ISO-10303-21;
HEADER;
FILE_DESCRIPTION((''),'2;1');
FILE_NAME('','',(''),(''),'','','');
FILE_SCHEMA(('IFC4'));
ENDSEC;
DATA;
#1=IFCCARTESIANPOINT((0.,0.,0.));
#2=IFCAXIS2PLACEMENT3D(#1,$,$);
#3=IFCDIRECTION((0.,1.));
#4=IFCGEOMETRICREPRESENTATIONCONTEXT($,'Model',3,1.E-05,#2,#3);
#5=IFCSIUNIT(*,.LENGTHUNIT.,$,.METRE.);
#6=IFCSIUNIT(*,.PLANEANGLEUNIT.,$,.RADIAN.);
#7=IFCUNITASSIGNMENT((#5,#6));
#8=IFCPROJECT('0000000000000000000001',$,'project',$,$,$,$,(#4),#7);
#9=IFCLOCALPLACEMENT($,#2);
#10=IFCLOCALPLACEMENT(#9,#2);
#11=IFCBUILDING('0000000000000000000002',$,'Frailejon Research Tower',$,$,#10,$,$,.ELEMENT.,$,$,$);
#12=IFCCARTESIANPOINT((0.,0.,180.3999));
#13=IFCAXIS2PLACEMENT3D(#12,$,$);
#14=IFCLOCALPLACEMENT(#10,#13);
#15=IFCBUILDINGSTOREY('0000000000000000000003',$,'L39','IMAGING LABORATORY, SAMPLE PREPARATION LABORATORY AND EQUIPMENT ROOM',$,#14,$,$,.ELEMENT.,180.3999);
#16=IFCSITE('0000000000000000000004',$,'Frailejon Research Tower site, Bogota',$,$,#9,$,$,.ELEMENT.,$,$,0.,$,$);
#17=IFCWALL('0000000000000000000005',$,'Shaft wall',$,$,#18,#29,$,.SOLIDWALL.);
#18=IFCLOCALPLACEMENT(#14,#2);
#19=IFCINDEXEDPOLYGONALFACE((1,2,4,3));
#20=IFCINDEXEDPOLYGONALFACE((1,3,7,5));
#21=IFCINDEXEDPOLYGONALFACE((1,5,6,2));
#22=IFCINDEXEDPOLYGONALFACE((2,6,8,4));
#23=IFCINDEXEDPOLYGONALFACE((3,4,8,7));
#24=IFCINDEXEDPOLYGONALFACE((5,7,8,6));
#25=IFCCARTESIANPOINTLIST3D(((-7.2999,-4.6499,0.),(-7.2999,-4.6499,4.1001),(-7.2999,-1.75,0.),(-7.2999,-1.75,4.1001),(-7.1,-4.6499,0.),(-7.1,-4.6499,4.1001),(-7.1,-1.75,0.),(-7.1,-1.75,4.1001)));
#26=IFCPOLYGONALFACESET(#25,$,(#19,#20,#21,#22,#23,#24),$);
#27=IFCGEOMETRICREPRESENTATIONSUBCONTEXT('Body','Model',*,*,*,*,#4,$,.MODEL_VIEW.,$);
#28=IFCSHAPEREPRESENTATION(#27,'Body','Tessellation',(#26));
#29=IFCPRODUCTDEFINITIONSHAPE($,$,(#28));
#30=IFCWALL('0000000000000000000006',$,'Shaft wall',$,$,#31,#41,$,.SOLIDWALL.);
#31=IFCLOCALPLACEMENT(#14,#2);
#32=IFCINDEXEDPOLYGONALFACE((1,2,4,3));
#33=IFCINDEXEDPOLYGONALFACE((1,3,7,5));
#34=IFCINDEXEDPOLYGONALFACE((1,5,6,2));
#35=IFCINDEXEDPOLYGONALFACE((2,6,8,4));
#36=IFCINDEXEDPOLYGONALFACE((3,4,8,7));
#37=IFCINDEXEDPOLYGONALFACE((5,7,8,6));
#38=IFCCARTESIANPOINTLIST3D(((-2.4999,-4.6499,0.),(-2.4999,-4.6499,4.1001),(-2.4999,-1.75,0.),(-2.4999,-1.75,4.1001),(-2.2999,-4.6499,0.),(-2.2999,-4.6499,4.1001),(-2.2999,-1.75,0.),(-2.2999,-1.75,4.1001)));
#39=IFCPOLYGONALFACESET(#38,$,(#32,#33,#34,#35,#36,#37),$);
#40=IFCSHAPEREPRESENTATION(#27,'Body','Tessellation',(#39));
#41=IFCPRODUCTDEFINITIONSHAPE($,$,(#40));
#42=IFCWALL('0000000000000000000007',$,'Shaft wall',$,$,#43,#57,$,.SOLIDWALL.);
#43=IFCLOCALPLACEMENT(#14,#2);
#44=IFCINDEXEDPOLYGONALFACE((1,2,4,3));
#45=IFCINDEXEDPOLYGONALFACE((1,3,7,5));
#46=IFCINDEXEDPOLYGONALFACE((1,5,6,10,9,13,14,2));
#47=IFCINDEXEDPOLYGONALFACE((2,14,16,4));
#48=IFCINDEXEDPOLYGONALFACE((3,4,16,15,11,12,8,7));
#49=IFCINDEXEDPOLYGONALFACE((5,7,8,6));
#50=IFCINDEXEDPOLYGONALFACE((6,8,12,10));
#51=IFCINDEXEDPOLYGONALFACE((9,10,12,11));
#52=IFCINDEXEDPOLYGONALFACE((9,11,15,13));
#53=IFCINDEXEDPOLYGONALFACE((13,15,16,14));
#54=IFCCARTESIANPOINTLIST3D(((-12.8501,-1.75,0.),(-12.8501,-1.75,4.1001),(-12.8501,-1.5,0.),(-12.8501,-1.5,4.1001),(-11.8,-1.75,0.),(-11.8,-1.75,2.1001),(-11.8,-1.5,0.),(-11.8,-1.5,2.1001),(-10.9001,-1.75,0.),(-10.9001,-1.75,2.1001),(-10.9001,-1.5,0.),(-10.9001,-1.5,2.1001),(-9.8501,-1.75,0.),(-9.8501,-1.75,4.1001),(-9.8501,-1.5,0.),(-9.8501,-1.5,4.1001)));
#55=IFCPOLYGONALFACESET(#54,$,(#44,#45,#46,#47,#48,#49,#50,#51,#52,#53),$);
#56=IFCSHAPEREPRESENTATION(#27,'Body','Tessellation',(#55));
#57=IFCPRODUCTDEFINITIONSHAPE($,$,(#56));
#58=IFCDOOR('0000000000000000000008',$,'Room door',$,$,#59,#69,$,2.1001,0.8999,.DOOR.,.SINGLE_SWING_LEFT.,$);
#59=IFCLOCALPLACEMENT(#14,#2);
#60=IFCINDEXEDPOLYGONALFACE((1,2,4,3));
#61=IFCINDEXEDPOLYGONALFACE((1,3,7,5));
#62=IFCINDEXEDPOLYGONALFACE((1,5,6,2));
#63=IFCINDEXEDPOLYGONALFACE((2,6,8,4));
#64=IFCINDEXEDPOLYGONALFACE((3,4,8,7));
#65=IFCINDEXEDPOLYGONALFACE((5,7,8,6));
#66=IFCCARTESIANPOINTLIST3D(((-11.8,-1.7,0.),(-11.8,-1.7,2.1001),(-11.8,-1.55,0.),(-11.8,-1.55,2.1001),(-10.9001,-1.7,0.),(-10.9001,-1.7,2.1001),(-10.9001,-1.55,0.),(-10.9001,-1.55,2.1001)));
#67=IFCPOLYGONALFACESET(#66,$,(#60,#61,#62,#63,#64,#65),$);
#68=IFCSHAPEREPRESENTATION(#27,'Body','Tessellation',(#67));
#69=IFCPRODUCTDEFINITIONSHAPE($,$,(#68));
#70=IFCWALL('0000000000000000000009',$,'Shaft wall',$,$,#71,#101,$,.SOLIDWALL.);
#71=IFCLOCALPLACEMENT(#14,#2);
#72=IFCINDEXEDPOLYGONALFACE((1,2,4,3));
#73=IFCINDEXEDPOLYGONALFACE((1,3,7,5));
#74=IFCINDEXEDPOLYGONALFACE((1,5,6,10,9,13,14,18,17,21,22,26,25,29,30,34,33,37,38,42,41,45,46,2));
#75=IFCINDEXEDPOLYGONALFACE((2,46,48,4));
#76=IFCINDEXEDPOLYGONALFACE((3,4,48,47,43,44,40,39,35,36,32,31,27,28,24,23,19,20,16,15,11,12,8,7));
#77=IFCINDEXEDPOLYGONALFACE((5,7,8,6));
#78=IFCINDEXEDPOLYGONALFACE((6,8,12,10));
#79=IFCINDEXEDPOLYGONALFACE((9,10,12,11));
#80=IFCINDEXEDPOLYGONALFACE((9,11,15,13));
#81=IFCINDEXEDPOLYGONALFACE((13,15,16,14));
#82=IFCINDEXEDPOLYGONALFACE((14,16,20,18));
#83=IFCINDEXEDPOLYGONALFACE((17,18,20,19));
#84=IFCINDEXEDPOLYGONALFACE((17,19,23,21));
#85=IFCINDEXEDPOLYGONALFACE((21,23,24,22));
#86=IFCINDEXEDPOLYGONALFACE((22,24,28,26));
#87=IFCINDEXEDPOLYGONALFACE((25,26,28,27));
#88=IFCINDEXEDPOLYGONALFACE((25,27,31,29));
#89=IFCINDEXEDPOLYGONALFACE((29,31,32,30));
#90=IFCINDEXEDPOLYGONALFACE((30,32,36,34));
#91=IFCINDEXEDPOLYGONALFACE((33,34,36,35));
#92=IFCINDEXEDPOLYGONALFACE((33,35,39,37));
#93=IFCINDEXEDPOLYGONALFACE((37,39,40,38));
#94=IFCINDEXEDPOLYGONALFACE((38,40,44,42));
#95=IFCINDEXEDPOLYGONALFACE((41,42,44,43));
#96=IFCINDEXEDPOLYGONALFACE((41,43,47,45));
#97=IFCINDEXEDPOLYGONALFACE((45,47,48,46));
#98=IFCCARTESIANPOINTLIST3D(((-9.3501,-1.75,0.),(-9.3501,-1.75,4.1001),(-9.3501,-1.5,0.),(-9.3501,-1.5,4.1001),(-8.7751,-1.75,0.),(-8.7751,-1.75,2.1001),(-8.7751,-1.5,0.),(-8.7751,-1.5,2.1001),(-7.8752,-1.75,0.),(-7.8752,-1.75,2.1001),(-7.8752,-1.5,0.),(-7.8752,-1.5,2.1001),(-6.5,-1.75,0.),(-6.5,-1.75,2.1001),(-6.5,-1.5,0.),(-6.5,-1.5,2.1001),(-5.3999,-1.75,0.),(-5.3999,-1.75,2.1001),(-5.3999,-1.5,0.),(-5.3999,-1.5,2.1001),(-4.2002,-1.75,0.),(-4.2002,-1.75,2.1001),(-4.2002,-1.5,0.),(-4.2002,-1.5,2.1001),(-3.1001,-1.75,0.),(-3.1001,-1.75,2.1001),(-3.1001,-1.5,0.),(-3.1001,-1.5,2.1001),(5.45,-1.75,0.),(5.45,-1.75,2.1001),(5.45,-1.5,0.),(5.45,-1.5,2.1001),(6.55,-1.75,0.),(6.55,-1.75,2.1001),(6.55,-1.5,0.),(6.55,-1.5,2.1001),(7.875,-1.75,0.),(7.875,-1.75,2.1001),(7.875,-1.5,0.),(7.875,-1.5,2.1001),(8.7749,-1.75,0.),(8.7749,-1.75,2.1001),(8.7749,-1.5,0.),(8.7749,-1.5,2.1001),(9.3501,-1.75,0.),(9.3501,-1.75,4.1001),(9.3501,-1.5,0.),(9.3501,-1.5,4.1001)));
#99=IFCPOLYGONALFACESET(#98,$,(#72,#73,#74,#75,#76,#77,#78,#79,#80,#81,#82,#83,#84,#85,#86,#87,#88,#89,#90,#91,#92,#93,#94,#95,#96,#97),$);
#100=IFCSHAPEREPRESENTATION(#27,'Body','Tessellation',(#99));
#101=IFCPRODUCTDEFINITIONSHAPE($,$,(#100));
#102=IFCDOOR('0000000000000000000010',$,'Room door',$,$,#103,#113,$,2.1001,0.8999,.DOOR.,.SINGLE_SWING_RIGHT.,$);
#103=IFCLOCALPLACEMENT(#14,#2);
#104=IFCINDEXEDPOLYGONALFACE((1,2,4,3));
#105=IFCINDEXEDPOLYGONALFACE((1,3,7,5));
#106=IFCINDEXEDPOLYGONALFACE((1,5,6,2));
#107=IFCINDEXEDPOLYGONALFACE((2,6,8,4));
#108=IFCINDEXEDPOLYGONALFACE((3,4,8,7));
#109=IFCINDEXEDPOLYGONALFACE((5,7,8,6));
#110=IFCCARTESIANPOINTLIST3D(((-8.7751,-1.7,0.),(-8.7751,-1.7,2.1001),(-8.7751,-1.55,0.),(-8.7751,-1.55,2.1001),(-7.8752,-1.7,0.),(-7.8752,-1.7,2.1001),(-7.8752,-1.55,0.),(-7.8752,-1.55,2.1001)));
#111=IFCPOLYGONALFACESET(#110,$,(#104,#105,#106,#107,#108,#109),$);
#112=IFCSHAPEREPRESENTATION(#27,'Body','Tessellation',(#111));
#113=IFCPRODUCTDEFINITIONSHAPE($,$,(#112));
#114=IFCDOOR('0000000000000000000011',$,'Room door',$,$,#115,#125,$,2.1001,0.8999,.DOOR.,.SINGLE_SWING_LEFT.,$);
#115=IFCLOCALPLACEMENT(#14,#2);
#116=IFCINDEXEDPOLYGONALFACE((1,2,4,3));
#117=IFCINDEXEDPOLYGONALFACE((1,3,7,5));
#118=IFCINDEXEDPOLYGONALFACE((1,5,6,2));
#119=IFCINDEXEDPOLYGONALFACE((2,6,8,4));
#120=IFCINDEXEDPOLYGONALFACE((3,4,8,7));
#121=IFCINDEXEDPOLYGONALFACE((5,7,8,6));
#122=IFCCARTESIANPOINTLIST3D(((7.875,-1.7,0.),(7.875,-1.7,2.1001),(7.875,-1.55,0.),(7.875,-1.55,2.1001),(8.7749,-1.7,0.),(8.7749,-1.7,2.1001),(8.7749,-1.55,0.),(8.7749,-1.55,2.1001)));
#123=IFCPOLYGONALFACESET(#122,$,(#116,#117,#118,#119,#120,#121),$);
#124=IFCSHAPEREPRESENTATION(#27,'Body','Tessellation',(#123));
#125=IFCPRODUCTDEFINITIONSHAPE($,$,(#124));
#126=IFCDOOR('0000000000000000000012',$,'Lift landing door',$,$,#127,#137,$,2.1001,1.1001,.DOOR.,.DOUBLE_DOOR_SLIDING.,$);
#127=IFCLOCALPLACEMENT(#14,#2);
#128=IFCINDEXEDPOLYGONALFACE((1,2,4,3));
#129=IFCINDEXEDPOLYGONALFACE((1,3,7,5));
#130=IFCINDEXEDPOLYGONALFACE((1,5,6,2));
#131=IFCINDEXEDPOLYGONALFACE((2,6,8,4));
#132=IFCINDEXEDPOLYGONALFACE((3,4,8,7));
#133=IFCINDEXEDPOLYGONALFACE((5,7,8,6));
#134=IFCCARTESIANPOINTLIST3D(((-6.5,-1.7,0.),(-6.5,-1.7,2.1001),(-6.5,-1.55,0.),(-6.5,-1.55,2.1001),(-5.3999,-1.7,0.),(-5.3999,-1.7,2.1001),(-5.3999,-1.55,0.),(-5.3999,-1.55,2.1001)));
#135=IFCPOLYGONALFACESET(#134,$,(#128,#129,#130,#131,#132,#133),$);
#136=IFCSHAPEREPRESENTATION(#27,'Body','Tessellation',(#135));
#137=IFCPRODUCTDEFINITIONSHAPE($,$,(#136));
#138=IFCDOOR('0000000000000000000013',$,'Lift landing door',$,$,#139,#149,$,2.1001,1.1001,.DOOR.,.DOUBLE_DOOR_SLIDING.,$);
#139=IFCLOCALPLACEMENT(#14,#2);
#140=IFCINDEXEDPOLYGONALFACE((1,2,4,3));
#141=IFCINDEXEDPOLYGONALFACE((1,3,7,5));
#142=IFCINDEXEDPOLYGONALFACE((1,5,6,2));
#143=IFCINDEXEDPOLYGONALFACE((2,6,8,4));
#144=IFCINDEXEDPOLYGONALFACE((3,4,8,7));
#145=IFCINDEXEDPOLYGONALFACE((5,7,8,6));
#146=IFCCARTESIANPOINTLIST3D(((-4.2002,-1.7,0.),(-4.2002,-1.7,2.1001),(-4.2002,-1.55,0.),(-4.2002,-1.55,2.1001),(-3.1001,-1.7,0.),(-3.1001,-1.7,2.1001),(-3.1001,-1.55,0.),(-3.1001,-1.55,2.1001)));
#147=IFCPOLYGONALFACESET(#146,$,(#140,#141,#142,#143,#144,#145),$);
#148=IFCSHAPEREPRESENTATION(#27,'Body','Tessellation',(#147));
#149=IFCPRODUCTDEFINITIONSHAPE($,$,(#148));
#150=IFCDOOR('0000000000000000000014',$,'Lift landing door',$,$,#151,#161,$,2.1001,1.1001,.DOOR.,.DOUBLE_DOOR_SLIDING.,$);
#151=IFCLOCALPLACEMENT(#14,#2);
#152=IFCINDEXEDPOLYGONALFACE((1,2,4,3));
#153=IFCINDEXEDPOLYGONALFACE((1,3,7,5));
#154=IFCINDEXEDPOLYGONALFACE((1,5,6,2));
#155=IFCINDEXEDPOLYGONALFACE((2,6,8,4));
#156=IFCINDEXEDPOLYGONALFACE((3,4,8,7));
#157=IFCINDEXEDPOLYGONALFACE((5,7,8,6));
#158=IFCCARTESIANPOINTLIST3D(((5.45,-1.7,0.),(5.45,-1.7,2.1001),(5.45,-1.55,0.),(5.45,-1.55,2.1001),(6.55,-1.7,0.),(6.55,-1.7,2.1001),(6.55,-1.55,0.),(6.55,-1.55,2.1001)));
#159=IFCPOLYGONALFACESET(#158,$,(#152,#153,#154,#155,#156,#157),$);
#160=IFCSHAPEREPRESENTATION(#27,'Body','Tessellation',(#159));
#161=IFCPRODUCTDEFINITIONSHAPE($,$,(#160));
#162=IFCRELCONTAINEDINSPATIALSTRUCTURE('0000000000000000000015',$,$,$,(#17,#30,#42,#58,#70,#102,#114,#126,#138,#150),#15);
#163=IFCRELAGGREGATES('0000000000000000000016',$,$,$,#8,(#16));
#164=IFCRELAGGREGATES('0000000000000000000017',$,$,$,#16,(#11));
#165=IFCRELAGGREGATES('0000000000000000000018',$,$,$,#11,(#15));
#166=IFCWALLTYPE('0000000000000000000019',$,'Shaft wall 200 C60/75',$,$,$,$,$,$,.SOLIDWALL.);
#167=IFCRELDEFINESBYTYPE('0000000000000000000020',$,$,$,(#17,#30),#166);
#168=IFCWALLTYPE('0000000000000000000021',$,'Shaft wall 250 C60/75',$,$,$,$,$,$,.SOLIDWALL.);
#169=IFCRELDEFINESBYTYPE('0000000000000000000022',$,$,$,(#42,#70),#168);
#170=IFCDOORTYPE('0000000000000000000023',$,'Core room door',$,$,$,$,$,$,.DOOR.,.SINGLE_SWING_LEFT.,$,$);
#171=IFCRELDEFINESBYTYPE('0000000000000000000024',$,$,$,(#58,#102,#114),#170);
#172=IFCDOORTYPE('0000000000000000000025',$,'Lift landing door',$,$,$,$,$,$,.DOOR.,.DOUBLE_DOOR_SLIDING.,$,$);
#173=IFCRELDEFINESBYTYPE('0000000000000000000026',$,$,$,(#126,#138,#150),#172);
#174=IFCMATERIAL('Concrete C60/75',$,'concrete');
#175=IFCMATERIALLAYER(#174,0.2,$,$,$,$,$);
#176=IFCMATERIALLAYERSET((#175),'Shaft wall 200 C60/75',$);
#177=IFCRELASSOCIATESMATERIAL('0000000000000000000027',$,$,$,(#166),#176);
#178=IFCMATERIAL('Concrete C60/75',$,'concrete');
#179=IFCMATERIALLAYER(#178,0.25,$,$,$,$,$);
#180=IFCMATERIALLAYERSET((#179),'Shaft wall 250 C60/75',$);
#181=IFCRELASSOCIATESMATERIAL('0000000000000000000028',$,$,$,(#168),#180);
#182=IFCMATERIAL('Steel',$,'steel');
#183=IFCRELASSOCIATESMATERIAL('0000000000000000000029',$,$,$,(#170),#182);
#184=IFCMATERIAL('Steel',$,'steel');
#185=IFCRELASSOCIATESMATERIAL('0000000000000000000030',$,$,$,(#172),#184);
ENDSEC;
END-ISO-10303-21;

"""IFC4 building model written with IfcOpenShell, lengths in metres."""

from ifc_helpers import new_model, si_unit, direction, frame, frame_2d, origin, place, context, subcontext, project, spatial, rectangle, extrude, material, layer, layer_set, type_object, element, fill, save


model = new_model("IFC4")

# Units and contexts
model_context = context("Model", 3, precision=1e-05, world=origin(), true_north=direction((0.0, 1.0)))
body_context = subcontext(model_context, "Body", "Model", "MODEL_VIEW")
ifc_project = project(units=[si_unit("LENGTHUNIT", "METRE"), si_unit("PLANEANGLEUNIT", "RADIAN")], contexts=[model_context])

# Site, building, storey
site_placement = place(None, origin())
site = spatial("IfcSite", under=ifc_project, at=site_placement, Name="Frailejon Research Tower site, Bogota", CompositionType="ELEMENT", RefElevation=0.0)
building_placement = place(site_placement, origin())
building = spatial("IfcBuilding", under=site, at=building_placement, Name="Frailejon Research Tower", CompositionType="ELEMENT")
storey_placement = place(building_placement, frame((0.0, 0.0, 180.3999)))
storey = spatial("IfcBuildingStorey", under=building, at=storey_placement, Name="L39", Description="IMAGING LABORATORY, SAMPLE PREPARATION LABORATORY AND EQUIPMENT ROOM", CompositionType="ELEMENT", Elevation=180.3999)

# Walls
ifc_material_1 = material(Name="Concrete C60/75", Category="concrete")
ifc_layer_1 = layer(ifc_material_1, 0.2)
ifc_layer_set_1 = layer_set([ifc_layer_1], Name="Shaft wall 200 C60/75")
wall_type_1 = type_object("IfcWallType", Name="Shaft wall 200 C60/75", PredefinedType="SOLIDWALL", material=ifc_layer_set_1)
for number, where, z_axis, x_axis, name in (
    (1, (-7.2, -4.6499, 0.0), (0.0, 0.0, 1.0), (0.0, 1.0, 0.0), "Shaft wall"),
    (2, (-2.3999, -4.6499, 0.0), (0.0, 0.0, 1.0), (0.0, 1.0, 0.0), "Shaft wall"),
):
    element("IfcWall", number, at=place(storey_placement, frame(where, z_axis=z_axis, x_axis=x_axis)), inside=storey, type_object=wall_type_1, Name=name, PredefinedType="SOLIDWALL", context=body_context, shape_type="SweptSolid", body=[
        extrude(rectangle(XDim=2.8999, YDim=0.2, at=frame_2d((1.45, 0.0))), origin(), (0.0, 0.0, 1.0), 4.1001),
    ])

# Wall, opening, door
ifc_material_2 = material(Name="Concrete C60/75", Category="concrete")
ifc_layer_2 = layer(ifc_material_2, 0.25)
ifc_layer_set_2 = layer_set([ifc_layer_2], Name="Shaft wall 250 C60/75")
wall_type_2 = type_object("IfcWallType", Name="Shaft wall 250 C60/75", PredefinedType="SOLIDWALL", material=ifc_layer_set_2)
wall_1_placement = place(storey_placement, frame((-12.8501, -1.625, 0.0), z_axis=(0.0, 0.0, 1.0), x_axis=(1.0, 0.0, 0.0)))
wall_1 = element("IfcWall", 3, at=wall_1_placement, inside=storey, type_object=wall_type_2, Name="Shaft wall", PredefinedType="SOLIDWALL", context=body_context, shape_type="SweptSolid", body=[
    extrude(rectangle(XDim=3.0, YDim=0.25, at=frame_2d((1.5, 0.0))), origin(), (0.0, 0.0, 1.0), 4.1001),
])
opening_1_placement = place(wall_1_placement, frame((1.05, 0.0, 0.0)))
opening_1 = element("IfcOpeningElement", 4, at=opening_1_placement, cuts=wall_1, PredefinedType="OPENING", context=body_context, shape_type="SweptSolid", body=[
    extrude(rectangle(XDim=0.8999, YDim=2.1001, at=frame_2d((0.45, 1.05))), frame((0.0, 0.135, 0.0), z_axis=(0.0, -1.0, 0.0), x_axis=(1.0, 0.0, 0.0)), (0.0, 0.0, 1.0), 0.27),
])
ifc_material_3 = material(Name="Steel", Category="steel")
door_type_1 = type_object("IfcDoorType", Name="Core room door", OperationType="SINGLE_SWING_LEFT", PredefinedType="DOOR", material=ifc_material_3)
door_1_placement = place(opening_1_placement, origin())
door_1 = element("IfcDoor", 5, at=door_1_placement, inside=storey, type_object=door_type_1, Name="Room door", OperationType="SINGLE_SWING_LEFT", OverallHeight=2.1001, OverallWidth=0.8999, PredefinedType="DOOR", context=body_context, shape_type="SweptSolid", body=[
    extrude(rectangle(XDim=0.8999, YDim=2.1001, at=frame_2d((0.45, 1.05))), frame((0.0, 0.075, 0.0), z_axis=(0.0, -1.0, 0.0), x_axis=(1.0, 0.0, 0.0)), (0.0, 0.0, 1.0), 0.1499),
])
fill(opening_1, door_1)

# Wall, openings, doors
wall_2_placement = place(storey_placement, frame((-9.3501, -1.625, 0.0), z_axis=(0.0, 0.0, 1.0), x_axis=(1.0, 0.0, 0.0)))
wall_2 = element("IfcWall", 6, at=wall_2_placement, inside=storey, type_object=wall_type_2, Name="Shaft wall", PredefinedType="SOLIDWALL", context=body_context, shape_type="SweptSolid", body=[
    extrude(rectangle(XDim=18.7002, YDim=0.25, at=frame_2d((9.3501, 0.0))), origin(), (0.0, 0.0, 1.0), 4.1001),
])
opening_2_placement = place(wall_2_placement, frame((2.8501, 0.0, 0.0)))
opening_2 = element("IfcOpeningElement", 7, at=opening_2_placement, cuts=wall_2, PredefinedType="OPENING", context=body_context, shape_type="SweptSolid", body=[
    extrude(rectangle(XDim=1.1001, YDim=2.1001, at=frame_2d((0.55, 1.05))), frame((0.0, 0.135, 0.0), z_axis=(0.0, -1.0, 0.0), x_axis=(1.0, 0.0, 0.0)), (0.0, 0.0, 1.0), 0.27),
])
opening_3_placement = place(wall_2_placement, frame((5.1499, 0.0, 0.0)))
opening_3 = element("IfcOpeningElement", 8, at=opening_3_placement, cuts=wall_2, PredefinedType="OPENING", context=body_context, shape_type="SweptSolid", body=[
    extrude(rectangle(XDim=1.1001, YDim=2.1001, at=frame_2d((0.55, 1.05))), frame((0.0, 0.135, 0.0), z_axis=(0.0, -1.0, 0.0), x_axis=(1.0, 0.0, 0.0)), (0.0, 0.0, 1.0), 0.27),
])
opening_4_placement = place(wall_2_placement, frame((14.8, 0.0, 0.0)))
opening_4 = element("IfcOpeningElement", 9, at=opening_4_placement, cuts=wall_2, PredefinedType="OPENING", context=body_context, shape_type="SweptSolid", body=[
    extrude(rectangle(XDim=1.1001, YDim=2.1001, at=frame_2d((0.55, 1.05))), frame((0.0, 0.135, 0.0), z_axis=(0.0, -1.0, 0.0), x_axis=(1.0, 0.0, 0.0)), (0.0, 0.0, 1.0), 0.27),
])
opening_5_placement = place(wall_2_placement, frame((0.575, 0.0, 0.0)))
opening_5 = element("IfcOpeningElement", 10, at=opening_5_placement, cuts=wall_2, PredefinedType="OPENING", context=body_context, shape_type="SweptSolid", body=[
    extrude(rectangle(XDim=0.8999, YDim=2.1001, at=frame_2d((0.45, 1.05))), frame((0.0, 0.135, 0.0), z_axis=(0.0, -1.0, 0.0), x_axis=(1.0, 0.0, 0.0)), (0.0, 0.0, 1.0), 0.27),
])
opening_6_placement = place(wall_2_placement, frame((17.2251, 0.0, 0.0)))
opening_6 = element("IfcOpeningElement", 11, at=opening_6_placement, cuts=wall_2, PredefinedType="OPENING", context=body_context, shape_type="SweptSolid", body=[
    extrude(rectangle(XDim=0.8999, YDim=2.1001, at=frame_2d((0.45, 1.05))), frame((0.0, 0.135, 0.0), z_axis=(0.0, -1.0, 0.0), x_axis=(1.0, 0.0, 0.0)), (0.0, 0.0, 1.0), 0.27),
])
door_2_placement = place(opening_5_placement, origin())
door_2 = element("IfcDoor", 12, at=door_2_placement, inside=storey, type_object=door_type_1, Name="Room door", OperationType="SINGLE_SWING_RIGHT", OverallHeight=2.1001, OverallWidth=0.8999, PredefinedType="DOOR", context=body_context, shape_type="SweptSolid", body=[
    extrude(rectangle(XDim=0.8999, YDim=2.1001, at=frame_2d((0.45, 1.05))), frame((0.0, 0.075, 0.0), z_axis=(0.0, -1.0, 0.0), x_axis=(1.0, 0.0, 0.0)), (0.0, 0.0, 1.0), 0.1499),
])
fill(opening_5, door_2)
door_3_placement = place(opening_6_placement, origin())
door_3 = element("IfcDoor", 13, at=door_3_placement, inside=storey, type_object=door_type_1, Name="Room door", OperationType="SINGLE_SWING_LEFT", OverallHeight=2.1001, OverallWidth=0.8999, PredefinedType="DOOR", context=body_context, shape_type="SweptSolid", body=[
    extrude(rectangle(XDim=0.8999, YDim=2.1001, at=frame_2d((0.45, 1.05))), frame((0.0, 0.075, 0.0), z_axis=(0.0, -1.0, 0.0), x_axis=(1.0, 0.0, 0.0)), (0.0, 0.0, 1.0), 0.1499),
])
fill(opening_6, door_3)
ifc_material_4 = material(Name="Steel", Category="steel")
door_type_2 = type_object("IfcDoorType", Name="Lift landing door", OperationType="DOUBLE_DOOR_SLIDING", PredefinedType="DOOR", material=ifc_material_4)
door_4_placement = place(opening_2_placement, origin())
door_4 = element("IfcDoor", 14, at=door_4_placement, inside=storey, type_object=door_type_2, Name="Lift landing door", OperationType="DOUBLE_DOOR_SLIDING", OverallHeight=2.1001, OverallWidth=1.1001, PredefinedType="DOOR", context=body_context, shape_type="SweptSolid", body=[
    extrude(rectangle(XDim=1.1001, YDim=2.1001, at=frame_2d((0.55, 1.05))), frame((0.0, 0.075, 0.0), z_axis=(0.0, -1.0, 0.0), x_axis=(1.0, 0.0, 0.0)), (0.0, 0.0, 1.0), 0.1499),
])
fill(opening_2, door_4)
door_5_placement = place(opening_3_placement, origin())
door_5 = element("IfcDoor", 15, at=door_5_placement, inside=storey, type_object=door_type_2, Name="Lift landing door", OperationType="DOUBLE_DOOR_SLIDING", OverallHeight=2.1001, OverallWidth=1.1001, PredefinedType="DOOR", context=body_context, shape_type="SweptSolid", body=[
    extrude(rectangle(XDim=1.1001, YDim=2.1001, at=frame_2d((0.55, 1.05))), frame((0.0, 0.075, 0.0), z_axis=(0.0, -1.0, 0.0), x_axis=(1.0, 0.0, 0.0)), (0.0, 0.0, 1.0), 0.1499),
])
fill(opening_3, door_5)
door_6_placement = place(opening_4_placement, origin())
door_6 = element("IfcDoor", 16, at=door_6_placement, inside=storey, type_object=door_type_2, Name="Lift landing door", OperationType="DOUBLE_DOOR_SLIDING", OverallHeight=2.1001, OverallWidth=1.1001, PredefinedType="DOOR", context=body_context, shape_type="SweptSolid", body=[
    extrude(rectangle(XDim=1.1001, YDim=2.1001, at=frame_2d((0.55, 1.05))), frame((0.0, 0.075, 0.0), z_axis=(0.0, -1.0, 0.0), x_axis=(1.0, 0.0, 0.0)), (0.0, 0.0, 1.0), 0.1499),
])
fill(opening_4, door_6)

save(model, "model.ifc")
